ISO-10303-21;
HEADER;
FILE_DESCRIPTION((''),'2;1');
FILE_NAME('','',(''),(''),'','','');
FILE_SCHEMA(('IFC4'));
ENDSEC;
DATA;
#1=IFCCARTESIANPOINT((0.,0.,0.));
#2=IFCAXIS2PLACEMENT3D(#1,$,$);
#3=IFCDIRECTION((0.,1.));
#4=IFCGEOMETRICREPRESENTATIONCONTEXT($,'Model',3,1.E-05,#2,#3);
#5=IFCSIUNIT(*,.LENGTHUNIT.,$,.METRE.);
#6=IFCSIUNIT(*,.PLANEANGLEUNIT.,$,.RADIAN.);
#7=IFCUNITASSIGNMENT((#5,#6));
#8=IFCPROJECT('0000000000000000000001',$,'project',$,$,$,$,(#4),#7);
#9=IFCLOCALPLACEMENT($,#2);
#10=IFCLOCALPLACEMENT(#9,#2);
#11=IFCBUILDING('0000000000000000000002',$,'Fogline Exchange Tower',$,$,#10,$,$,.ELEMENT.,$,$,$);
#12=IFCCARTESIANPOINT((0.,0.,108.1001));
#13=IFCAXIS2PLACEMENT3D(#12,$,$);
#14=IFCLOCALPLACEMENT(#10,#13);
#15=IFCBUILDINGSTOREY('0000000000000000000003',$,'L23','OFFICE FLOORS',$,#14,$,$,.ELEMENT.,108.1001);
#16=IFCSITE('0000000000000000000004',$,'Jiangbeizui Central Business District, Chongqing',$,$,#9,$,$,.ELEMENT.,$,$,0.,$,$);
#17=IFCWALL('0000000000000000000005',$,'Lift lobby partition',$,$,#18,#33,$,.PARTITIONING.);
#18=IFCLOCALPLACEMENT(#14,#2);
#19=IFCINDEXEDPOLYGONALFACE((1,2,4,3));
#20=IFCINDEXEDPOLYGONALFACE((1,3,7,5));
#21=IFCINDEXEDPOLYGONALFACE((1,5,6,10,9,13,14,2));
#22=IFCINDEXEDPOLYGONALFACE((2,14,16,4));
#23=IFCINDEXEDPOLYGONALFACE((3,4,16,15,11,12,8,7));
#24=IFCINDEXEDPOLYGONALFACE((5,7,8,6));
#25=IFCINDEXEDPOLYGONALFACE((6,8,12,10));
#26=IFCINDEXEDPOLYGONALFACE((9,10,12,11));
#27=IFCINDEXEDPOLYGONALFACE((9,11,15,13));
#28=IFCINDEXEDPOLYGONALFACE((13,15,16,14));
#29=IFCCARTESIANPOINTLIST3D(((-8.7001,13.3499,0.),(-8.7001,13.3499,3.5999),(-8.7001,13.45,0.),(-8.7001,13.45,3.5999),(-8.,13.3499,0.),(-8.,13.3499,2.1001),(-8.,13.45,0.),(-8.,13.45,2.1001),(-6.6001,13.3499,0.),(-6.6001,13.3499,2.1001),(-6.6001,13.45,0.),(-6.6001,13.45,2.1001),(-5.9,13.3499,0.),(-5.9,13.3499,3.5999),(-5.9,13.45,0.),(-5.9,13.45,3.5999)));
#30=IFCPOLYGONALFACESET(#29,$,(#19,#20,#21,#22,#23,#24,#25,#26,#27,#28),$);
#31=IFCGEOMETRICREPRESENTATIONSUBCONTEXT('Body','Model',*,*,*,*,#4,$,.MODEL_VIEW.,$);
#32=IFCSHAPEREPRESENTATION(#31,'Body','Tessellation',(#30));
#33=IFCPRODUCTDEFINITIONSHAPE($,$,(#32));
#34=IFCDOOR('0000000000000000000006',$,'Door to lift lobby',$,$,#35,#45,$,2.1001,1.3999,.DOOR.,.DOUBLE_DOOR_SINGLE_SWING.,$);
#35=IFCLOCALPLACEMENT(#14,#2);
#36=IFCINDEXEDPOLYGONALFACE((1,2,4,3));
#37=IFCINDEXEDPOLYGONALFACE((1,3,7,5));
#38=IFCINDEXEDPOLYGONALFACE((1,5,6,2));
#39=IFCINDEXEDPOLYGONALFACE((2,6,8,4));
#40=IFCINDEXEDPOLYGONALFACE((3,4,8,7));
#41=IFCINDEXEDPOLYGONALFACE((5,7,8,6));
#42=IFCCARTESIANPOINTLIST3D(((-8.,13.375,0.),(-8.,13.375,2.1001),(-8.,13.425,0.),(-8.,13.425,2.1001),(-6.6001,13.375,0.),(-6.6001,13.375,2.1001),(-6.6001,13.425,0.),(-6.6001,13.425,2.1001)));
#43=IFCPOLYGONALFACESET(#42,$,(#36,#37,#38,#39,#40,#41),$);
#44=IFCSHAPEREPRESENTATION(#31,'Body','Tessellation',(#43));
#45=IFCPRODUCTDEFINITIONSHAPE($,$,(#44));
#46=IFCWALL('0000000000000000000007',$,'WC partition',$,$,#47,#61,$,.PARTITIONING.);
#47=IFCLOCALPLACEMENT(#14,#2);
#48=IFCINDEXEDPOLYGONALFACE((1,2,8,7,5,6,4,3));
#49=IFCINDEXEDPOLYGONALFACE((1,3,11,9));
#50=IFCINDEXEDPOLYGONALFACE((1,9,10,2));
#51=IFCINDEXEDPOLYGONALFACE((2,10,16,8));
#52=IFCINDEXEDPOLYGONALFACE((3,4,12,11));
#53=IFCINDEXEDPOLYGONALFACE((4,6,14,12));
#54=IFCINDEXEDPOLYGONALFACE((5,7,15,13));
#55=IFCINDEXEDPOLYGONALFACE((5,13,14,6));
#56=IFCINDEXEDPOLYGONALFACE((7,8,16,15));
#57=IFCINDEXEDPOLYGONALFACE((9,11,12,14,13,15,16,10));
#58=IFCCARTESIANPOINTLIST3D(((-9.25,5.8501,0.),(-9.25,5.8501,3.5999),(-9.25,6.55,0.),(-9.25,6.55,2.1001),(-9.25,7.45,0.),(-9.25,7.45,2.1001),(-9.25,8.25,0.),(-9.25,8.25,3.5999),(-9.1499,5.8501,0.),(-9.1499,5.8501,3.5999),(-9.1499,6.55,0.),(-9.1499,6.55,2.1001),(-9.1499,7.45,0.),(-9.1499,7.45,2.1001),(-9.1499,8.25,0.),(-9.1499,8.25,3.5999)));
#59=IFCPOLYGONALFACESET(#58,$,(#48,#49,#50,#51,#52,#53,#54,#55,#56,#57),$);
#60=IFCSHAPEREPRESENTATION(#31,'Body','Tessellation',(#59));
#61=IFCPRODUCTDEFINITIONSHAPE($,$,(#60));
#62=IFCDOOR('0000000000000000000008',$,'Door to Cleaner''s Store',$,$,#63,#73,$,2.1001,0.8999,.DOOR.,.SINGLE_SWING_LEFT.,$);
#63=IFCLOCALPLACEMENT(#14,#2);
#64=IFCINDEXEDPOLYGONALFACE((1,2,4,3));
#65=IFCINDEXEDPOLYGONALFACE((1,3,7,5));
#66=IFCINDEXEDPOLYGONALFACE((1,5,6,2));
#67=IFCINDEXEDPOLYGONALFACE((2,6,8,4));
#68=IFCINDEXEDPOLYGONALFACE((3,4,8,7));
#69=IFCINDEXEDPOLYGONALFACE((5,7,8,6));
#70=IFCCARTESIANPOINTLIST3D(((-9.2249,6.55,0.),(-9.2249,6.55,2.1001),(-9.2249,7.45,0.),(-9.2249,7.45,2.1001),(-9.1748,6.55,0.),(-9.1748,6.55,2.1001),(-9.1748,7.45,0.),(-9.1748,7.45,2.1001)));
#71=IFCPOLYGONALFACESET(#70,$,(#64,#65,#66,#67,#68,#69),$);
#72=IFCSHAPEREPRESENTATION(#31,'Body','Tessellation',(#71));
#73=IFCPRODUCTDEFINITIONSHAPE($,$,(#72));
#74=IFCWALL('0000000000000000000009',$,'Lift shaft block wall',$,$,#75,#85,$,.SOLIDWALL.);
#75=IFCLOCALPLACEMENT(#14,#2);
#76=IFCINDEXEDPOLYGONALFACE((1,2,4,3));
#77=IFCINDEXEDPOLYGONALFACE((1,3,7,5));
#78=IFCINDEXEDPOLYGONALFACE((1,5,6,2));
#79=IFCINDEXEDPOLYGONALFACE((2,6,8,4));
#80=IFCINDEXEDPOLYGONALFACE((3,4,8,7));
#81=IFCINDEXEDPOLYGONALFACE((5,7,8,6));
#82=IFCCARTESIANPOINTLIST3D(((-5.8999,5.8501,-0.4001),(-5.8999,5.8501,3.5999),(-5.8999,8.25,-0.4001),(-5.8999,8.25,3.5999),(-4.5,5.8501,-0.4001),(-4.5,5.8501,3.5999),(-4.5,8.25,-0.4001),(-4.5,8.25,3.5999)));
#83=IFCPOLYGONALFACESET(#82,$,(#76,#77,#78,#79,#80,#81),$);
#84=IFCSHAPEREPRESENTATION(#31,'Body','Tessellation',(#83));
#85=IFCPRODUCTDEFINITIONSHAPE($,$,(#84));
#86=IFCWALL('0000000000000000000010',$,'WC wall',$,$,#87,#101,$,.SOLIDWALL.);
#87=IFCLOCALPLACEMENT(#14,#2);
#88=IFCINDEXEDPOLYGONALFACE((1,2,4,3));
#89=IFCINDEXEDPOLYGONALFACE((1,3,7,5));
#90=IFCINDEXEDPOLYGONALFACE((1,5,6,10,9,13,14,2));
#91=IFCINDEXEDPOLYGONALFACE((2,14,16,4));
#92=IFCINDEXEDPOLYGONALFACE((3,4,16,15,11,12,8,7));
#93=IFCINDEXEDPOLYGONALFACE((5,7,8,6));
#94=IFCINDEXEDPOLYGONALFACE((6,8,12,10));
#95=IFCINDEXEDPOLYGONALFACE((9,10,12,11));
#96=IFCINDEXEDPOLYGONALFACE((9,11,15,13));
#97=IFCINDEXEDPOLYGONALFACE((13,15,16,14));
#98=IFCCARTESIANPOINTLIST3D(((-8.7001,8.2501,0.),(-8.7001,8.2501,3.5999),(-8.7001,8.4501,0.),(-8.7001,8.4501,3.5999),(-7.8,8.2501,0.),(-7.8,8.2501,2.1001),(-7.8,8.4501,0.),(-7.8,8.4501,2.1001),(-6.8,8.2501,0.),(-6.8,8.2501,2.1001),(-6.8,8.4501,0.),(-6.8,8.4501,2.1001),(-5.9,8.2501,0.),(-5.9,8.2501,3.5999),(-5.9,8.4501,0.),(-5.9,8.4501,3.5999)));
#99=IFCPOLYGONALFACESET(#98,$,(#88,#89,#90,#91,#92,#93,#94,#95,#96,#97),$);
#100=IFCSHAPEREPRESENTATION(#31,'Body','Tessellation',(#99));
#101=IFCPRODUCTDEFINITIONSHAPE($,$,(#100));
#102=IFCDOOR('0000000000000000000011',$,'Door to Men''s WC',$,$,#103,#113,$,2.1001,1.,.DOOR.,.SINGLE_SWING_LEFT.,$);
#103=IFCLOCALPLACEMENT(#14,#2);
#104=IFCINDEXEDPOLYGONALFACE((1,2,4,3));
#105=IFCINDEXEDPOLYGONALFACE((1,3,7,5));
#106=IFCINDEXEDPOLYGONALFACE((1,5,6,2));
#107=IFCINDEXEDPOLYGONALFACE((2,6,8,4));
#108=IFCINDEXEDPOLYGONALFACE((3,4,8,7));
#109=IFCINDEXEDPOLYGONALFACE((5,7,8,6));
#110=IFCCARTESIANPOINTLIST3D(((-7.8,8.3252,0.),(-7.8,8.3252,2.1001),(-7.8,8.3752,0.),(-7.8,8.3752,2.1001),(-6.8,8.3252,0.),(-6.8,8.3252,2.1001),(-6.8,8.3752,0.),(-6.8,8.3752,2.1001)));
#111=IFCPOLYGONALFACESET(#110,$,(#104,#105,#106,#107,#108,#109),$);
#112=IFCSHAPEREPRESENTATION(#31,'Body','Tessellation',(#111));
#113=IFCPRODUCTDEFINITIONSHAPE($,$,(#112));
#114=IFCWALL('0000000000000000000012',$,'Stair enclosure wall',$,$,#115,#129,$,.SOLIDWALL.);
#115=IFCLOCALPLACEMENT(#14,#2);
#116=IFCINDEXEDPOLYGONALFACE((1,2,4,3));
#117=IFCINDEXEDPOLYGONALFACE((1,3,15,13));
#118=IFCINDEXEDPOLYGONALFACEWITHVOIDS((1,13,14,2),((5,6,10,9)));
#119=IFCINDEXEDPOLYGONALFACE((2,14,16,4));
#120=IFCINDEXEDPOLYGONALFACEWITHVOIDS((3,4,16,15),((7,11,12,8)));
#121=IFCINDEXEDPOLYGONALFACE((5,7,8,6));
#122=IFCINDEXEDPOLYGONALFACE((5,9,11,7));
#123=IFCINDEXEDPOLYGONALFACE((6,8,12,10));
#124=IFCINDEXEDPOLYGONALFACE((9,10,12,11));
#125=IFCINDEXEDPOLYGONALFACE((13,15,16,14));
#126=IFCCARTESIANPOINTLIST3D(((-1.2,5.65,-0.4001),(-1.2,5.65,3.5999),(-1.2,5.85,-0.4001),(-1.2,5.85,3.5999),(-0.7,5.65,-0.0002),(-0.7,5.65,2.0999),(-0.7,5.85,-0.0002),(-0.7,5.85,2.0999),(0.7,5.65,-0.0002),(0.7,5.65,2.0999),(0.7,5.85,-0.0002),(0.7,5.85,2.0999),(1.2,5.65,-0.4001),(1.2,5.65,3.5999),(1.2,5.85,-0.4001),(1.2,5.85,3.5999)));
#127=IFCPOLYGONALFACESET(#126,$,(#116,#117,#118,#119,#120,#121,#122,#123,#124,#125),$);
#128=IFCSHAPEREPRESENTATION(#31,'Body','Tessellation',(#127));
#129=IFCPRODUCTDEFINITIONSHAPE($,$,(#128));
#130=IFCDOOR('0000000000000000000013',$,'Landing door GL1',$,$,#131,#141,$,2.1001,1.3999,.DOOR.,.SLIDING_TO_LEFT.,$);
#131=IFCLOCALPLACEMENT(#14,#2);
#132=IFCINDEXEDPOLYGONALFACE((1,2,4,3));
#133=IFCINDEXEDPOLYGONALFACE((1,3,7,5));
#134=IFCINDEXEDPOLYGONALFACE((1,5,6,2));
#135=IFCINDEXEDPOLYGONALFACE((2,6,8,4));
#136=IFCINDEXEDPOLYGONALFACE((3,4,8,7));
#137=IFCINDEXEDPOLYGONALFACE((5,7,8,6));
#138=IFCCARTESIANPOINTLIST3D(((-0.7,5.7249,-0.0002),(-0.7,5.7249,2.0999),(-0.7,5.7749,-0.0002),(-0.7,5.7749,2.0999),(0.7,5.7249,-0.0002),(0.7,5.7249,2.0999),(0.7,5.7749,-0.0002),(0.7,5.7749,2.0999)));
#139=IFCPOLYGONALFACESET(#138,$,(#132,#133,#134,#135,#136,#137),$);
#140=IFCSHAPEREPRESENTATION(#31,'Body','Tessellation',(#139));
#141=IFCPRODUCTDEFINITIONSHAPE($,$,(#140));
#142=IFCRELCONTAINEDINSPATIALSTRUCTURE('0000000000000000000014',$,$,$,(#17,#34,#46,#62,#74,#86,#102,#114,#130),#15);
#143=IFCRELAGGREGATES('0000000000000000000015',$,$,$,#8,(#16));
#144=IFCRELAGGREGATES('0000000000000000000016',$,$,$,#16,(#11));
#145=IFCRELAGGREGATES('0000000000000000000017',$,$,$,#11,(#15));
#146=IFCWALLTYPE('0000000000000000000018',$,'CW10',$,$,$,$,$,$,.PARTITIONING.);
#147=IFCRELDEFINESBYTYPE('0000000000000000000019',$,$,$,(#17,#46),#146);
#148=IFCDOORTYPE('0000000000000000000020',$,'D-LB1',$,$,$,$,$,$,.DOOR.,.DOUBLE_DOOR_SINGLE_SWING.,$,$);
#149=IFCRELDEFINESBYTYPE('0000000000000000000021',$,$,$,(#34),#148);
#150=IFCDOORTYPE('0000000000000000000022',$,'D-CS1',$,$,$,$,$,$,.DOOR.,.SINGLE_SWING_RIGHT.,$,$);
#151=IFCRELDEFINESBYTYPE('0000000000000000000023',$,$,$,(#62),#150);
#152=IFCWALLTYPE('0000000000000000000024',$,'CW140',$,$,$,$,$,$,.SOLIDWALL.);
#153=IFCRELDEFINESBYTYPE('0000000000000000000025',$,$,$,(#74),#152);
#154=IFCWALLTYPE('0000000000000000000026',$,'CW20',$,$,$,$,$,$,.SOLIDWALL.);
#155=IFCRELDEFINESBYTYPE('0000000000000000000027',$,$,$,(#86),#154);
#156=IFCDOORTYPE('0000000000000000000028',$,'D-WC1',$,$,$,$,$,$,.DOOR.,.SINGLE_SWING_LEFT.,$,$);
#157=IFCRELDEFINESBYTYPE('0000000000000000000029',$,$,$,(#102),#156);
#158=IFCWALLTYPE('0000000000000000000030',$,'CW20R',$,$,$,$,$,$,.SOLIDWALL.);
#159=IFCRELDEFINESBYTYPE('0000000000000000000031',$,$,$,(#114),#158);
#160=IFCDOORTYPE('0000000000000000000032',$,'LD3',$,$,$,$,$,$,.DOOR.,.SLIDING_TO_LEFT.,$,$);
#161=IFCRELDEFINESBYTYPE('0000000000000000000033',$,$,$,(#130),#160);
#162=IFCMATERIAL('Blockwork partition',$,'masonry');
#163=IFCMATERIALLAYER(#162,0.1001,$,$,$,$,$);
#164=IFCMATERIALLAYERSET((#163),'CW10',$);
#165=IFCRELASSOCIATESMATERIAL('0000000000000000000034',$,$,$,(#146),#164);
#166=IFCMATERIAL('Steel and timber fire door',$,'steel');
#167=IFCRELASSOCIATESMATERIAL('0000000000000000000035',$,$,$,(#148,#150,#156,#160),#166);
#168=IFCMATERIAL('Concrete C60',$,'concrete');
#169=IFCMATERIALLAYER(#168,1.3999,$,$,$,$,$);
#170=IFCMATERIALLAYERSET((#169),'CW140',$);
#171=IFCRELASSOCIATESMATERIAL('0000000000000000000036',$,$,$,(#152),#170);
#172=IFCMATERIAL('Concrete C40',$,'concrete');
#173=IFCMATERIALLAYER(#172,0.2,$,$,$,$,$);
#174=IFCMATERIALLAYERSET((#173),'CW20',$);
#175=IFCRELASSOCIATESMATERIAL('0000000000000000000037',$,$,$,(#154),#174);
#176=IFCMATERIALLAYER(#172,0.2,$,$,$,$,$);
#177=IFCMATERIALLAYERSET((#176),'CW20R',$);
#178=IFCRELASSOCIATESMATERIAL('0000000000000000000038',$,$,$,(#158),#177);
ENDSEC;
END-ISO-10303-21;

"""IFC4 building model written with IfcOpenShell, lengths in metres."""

from ifc_helpers import new_model, si_unit, direction, frame, frame_2d, origin, place, context, subcontext, project, spatial, rectangle, extrude, material, layer, layer_set, type_object, element, fill, save


model = new_model("IFC4")

# Units and contexts
model_context = context("Model", 3, precision=1e-05, world=origin(), true_north=direction((0.0, 1.0)))
body_context = subcontext(model_context, "Body", "Model", "MODEL_VIEW")
ifc_project = project(units=[si_unit("LENGTHUNIT", "METRE"), si_unit("PLANEANGLEUNIT", "RADIAN")], contexts=[model_context])

# Site, building, storey
site_placement = place(None, origin())
site = spatial("IfcSite", under=ifc_project, at=site_placement, Name="Jiangbeizui Central Business District, Chongqing", CompositionType="ELEMENT", RefElevation=0.0)
building_placement = place(site_placement, origin())
building = spatial("IfcBuilding", under=site, at=building_placement, Name="Fogline Exchange Tower", CompositionType="ELEMENT")
storey_placement = place(building_placement, frame((0.0, 0.0, 108.1001)))
storey = spatial("IfcBuildingStorey", under=building, at=storey_placement, Name="L23", Description="OFFICE FLOORS", CompositionType="ELEMENT", Elevation=108.1001)

# Walls, openings, doors
ifc_material_1 = material(Name="Blockwork partition", Category="masonry")
ifc_layer_1 = layer(ifc_material_1, 0.1001)
ifc_layer_set_1 = layer_set([ifc_layer_1], Name="CW10")
wall_type_1 = type_object("IfcWallType", Name="CW10", PredefinedType="PARTITIONING", material=ifc_layer_set_1)
wall_1_placement = place(storey_placement, frame((-8.7, 13.3999, 0.0), z_axis=(0.0, 0.0, 1.0), x_axis=(1.0, 0.0, 0.0)))
wall_1 = element("IfcWall", 1, at=wall_1_placement, inside=storey, type_object=wall_type_1, Name="Lift lobby partition", PredefinedType="PARTITIONING", context=body_context, shape_type="SweptSolid", body=[
    extrude(rectangle(XDim=2.8, YDim=0.1001, at=frame_2d((1.3999, 0.0))), origin(), (0.0, 0.0, 1.0), 3.5999),
])
opening_1_placement = place(wall_1_placement, frame((0.7, 0.0, 0.0)))
opening_1 = element("IfcOpeningElement", 2, at=opening_1_placement, cuts=wall_1, PredefinedType="OPENING", context=body_context, shape_type="SweptSolid", body=[
    extrude(rectangle(XDim=1.3999, YDim=2.1001, at=frame_2d((0.7, 1.05))), frame((0.0, 0.0601, 0.0), z_axis=(0.0, -1.0, 0.0), x_axis=(1.0, 0.0, 0.0)), (0.0, 0.0, 1.0), 0.1201),
])
ifc_material_2 = material(Name="Steel and timber fire door", Category="steel")
door_type_1 = type_object("IfcDoorType", Name="D-LB1", OperationType="DOUBLE_DOOR_SINGLE_SWING", PredefinedType="DOOR", material=ifc_material_2)
door_1_placement = place(opening_1_placement, frame((1.3999, 0.0, 0.0), z_axis=(0.0, 0.0, 1.0), x_axis=(-1.0, 0.0, 0.0)))
door_1 = element("IfcDoor", 3, at=door_1_placement, inside=storey, type_object=door_type_1, Name="Door to lift lobby", OperationType="DOUBLE_DOOR_SINGLE_SWING", OverallHeight=2.1001, OverallWidth=1.3999, PredefinedType="DOOR", context=body_context, shape_type="SweptSolid", body=[
    extrude(rectangle(XDim=1.3999, YDim=2.1001, at=frame_2d((0.7, 1.05))), frame((0.0, 0.0249, 0.0), z_axis=(0.0, -1.0, 0.0), x_axis=(1.0, 0.0, 0.0)), (0.0, 0.0, 1.0), 0.05),
])
fill(opening_1, door_1)
wall_2_placement = place(storey_placement, frame((-9.2, 5.8501, 0.0), z_axis=(0.0, 0.0, 1.0), x_axis=(0.0, 1.0, 0.0)))
wall_2 = element("IfcWall", 4, at=wall_2_placement, inside=storey, type_object=wall_type_1, Name="WC partition", PredefinedType="PARTITIONING", context=body_context, shape_type="SweptSolid", body=[
    extrude(rectangle(XDim=2.3999, YDim=0.1001, at=frame_2d((1.2, 0.0))), origin(), (0.0, 0.0, 1.0), 3.5999),
])
opening_2_placement = place(wall_2_placement, frame((0.7, 0.0, 0.0)))
opening_2 = element("IfcOpeningElement", 5, at=opening_2_placement, cuts=wall_2, PredefinedType="OPENING", context=body_context, shape_type="SweptSolid", body=[
    extrude(rectangle(XDim=0.8999, YDim=2.1001, at=frame_2d((0.45, 1.05))), frame((0.0, 0.0601, 0.0), z_axis=(0.0, -1.0, 0.0), x_axis=(1.0, 0.0, 0.0)), (0.0, 0.0, 1.0), 0.1201),
])
door_type_2 = type_object("IfcDoorType", Name="D-CS1", OperationType="SINGLE_SWING_RIGHT", PredefinedType="DOOR", material=ifc_material_2)
door_2_placement = place(opening_2_placement, origin())
door_2 = element("IfcDoor", 6, at=door_2_placement, inside=storey, type_object=door_type_2, Name="Door to Cleaner's Store", OperationType="SINGLE_SWING_LEFT", OverallHeight=2.1001, OverallWidth=0.8999, PredefinedType="DOOR", context=body_context, shape_type="SweptSolid", body=[
    extrude(rectangle(XDim=0.8999, YDim=2.1001, at=frame_2d((0.45, 1.05))), frame((0.0, 0.0249, 0.0), z_axis=(0.0, -1.0, 0.0), x_axis=(1.0, 0.0, 0.0)), (0.0, 0.0, 1.0), 0.05),
])
fill(opening_2, door_2)

# Wall
ifc_material_3 = material(Name="Concrete C60", Category="concrete")
ifc_layer_2 = layer(ifc_material_3, 1.3999)
ifc_layer_set_2 = layer_set([ifc_layer_2], Name="CW140")
wall_type_2 = type_object("IfcWallType", Name="CW140", PredefinedType="SOLIDWALL", material=ifc_layer_set_2)
wall_3_placement = place(storey_placement, frame((-5.2, 5.8501, -0.4001), z_axis=(0.0, 0.0, 1.0), x_axis=(0.0, 1.0, 0.0)))
element("IfcWall", 7, at=wall_3_placement, inside=storey, type_object=wall_type_2, Name="Lift shaft block wall", PredefinedType="SOLIDWALL", context=body_context, shape_type="SweptSolid", body=[
    extrude(rectangle(XDim=2.3999, YDim=1.3999, at=frame_2d((1.2, 0.0))), origin(), (0.0, 0.0, 1.0), 4.0),
])

# Walls, openings, doors
ifc_material_4 = material(Name="Concrete C40", Category="concrete")
ifc_layer_3 = layer(ifc_material_4, 0.2)
ifc_layer_set_3 = layer_set([ifc_layer_3], Name="CW20")
wall_type_3 = type_object("IfcWallType", Name="CW20", PredefinedType="SOLIDWALL", material=ifc_layer_set_3)
wall_4_placement = place(storey_placement, frame((-8.7, 8.3501, 0.0), z_axis=(0.0, 0.0, 1.0), x_axis=(1.0, 0.0, 0.0)))
wall_4 = element("IfcWall", 8, at=wall_4_placement, inside=storey, type_object=wall_type_3, Name="WC wall", PredefinedType="SOLIDWALL", context=body_context, shape_type="SweptSolid", body=[
    extrude(rectangle(XDim=2.8, YDim=0.2, at=frame_2d((1.3999, 0.0))), origin(), (0.0, 0.0, 1.0), 3.5999),
])
opening_3_placement = place(wall_4_placement, frame((0.8999, 0.0, 0.0)))
opening_3 = element("IfcOpeningElement", 9, at=opening_3_placement, cuts=wall_4, PredefinedType="OPENING", context=body_context, shape_type="SweptSolid", body=[
    extrude(rectangle(XDim=1.0, YDim=2.1001, at=frame_2d((0.5, 1.05))), frame((0.0, 0.1099, 0.0), z_axis=(0.0, -1.0, 0.0), x_axis=(1.0, 0.0, 0.0)), (0.0, 0.0, 1.0), 0.22),
])
door_type_3 = type_object("IfcDoorType", Name="D-WC1", OperationType="SINGLE_SWING_LEFT", PredefinedType="DOOR", material=ifc_material_2)
door_3_placement = place(opening_3_placement, frame((1.0, 0.0, 0.0), z_axis=(0.0, 0.0, 1.0), x_axis=(-1.0, 0.0, 0.0)))
door_3 = element("IfcDoor", 10, at=door_3_placement, inside=storey, type_object=door_type_3, Name="Door to Men's WC", OperationType="SINGLE_SWING_LEFT", OverallHeight=2.1001, OverallWidth=1.0, PredefinedType="DOOR", context=body_context, shape_type="SweptSolid", body=[
    extrude(rectangle(XDim=1.0, YDim=2.1001, at=frame_2d((0.5, 1.05))), frame((0.0, 0.0249, 0.0), z_axis=(0.0, -1.0, 0.0), x_axis=(1.0, 0.0, 0.0)), (0.0, 0.0, 1.0), 0.05),
])
fill(opening_3, door_3)
ifc_layer_4 = layer(ifc_material_4, 0.2)
ifc_layer_set_4 = layer_set([ifc_layer_4], Name="CW20R")
wall_type_4 = type_object("IfcWallType", Name="CW20R", PredefinedType="SOLIDWALL", material=ifc_layer_set_4)
wall_5_placement = place(storey_placement, frame((-1.2, 5.75, -0.4001), z_axis=(0.0, 0.0, 1.0), x_axis=(1.0, 0.0, 0.0)))
wall_5 = element("IfcWall", 11, at=wall_5_placement, inside=storey, type_object=wall_type_4, Name="Stair enclosure wall", PredefinedType="SOLIDWALL", context=body_context, shape_type="SweptSolid", body=[
    extrude(rectangle(XDim=2.3999, YDim=0.2, at=frame_2d((1.2, 0.0))), origin(), (0.0, 0.0, 1.0), 4.0),
])
opening_4_placement = place(wall_5_placement, frame((0.5, 0.0, 0.3999)))
opening_4 = element("IfcOpeningElement", 12, at=opening_4_placement, cuts=wall_5, PredefinedType="OPENING", context=body_context, shape_type="SweptSolid", body=[
    extrude(rectangle(XDim=1.3999, YDim=2.1001, at=frame_2d((0.7, 1.05))), frame((0.0, 0.1099, 0.0), z_axis=(0.0, -1.0, 0.0), x_axis=(1.0, 0.0, 0.0)), (0.0, 0.0, 1.0), 0.22),
])
door_type_4 = type_object("IfcDoorType", Name="LD3", OperationType="SLIDING_TO_LEFT", PredefinedType="DOOR", material=ifc_material_2)
door_4_placement = place(opening_4_placement, origin())
door_4 = element("IfcDoor", 13, at=door_4_placement, inside=storey, type_object=door_type_4, Name="Landing door GL1", OperationType="SLIDING_TO_LEFT", OverallHeight=2.1001, OverallWidth=1.3999, PredefinedType="DOOR", context=body_context, shape_type="SweptSolid", body=[
    extrude(rectangle(XDim=1.3999, YDim=2.1001, at=frame_2d((0.7, 1.05))), frame((0.0, 0.0249, 0.0), z_axis=(0.0, -1.0, 0.0), x_axis=(1.0, 0.0, 0.0)), (0.0, 0.0, 1.0), 0.05),
])
fill(opening_4, door_4)

save(model, "model.ifc")
